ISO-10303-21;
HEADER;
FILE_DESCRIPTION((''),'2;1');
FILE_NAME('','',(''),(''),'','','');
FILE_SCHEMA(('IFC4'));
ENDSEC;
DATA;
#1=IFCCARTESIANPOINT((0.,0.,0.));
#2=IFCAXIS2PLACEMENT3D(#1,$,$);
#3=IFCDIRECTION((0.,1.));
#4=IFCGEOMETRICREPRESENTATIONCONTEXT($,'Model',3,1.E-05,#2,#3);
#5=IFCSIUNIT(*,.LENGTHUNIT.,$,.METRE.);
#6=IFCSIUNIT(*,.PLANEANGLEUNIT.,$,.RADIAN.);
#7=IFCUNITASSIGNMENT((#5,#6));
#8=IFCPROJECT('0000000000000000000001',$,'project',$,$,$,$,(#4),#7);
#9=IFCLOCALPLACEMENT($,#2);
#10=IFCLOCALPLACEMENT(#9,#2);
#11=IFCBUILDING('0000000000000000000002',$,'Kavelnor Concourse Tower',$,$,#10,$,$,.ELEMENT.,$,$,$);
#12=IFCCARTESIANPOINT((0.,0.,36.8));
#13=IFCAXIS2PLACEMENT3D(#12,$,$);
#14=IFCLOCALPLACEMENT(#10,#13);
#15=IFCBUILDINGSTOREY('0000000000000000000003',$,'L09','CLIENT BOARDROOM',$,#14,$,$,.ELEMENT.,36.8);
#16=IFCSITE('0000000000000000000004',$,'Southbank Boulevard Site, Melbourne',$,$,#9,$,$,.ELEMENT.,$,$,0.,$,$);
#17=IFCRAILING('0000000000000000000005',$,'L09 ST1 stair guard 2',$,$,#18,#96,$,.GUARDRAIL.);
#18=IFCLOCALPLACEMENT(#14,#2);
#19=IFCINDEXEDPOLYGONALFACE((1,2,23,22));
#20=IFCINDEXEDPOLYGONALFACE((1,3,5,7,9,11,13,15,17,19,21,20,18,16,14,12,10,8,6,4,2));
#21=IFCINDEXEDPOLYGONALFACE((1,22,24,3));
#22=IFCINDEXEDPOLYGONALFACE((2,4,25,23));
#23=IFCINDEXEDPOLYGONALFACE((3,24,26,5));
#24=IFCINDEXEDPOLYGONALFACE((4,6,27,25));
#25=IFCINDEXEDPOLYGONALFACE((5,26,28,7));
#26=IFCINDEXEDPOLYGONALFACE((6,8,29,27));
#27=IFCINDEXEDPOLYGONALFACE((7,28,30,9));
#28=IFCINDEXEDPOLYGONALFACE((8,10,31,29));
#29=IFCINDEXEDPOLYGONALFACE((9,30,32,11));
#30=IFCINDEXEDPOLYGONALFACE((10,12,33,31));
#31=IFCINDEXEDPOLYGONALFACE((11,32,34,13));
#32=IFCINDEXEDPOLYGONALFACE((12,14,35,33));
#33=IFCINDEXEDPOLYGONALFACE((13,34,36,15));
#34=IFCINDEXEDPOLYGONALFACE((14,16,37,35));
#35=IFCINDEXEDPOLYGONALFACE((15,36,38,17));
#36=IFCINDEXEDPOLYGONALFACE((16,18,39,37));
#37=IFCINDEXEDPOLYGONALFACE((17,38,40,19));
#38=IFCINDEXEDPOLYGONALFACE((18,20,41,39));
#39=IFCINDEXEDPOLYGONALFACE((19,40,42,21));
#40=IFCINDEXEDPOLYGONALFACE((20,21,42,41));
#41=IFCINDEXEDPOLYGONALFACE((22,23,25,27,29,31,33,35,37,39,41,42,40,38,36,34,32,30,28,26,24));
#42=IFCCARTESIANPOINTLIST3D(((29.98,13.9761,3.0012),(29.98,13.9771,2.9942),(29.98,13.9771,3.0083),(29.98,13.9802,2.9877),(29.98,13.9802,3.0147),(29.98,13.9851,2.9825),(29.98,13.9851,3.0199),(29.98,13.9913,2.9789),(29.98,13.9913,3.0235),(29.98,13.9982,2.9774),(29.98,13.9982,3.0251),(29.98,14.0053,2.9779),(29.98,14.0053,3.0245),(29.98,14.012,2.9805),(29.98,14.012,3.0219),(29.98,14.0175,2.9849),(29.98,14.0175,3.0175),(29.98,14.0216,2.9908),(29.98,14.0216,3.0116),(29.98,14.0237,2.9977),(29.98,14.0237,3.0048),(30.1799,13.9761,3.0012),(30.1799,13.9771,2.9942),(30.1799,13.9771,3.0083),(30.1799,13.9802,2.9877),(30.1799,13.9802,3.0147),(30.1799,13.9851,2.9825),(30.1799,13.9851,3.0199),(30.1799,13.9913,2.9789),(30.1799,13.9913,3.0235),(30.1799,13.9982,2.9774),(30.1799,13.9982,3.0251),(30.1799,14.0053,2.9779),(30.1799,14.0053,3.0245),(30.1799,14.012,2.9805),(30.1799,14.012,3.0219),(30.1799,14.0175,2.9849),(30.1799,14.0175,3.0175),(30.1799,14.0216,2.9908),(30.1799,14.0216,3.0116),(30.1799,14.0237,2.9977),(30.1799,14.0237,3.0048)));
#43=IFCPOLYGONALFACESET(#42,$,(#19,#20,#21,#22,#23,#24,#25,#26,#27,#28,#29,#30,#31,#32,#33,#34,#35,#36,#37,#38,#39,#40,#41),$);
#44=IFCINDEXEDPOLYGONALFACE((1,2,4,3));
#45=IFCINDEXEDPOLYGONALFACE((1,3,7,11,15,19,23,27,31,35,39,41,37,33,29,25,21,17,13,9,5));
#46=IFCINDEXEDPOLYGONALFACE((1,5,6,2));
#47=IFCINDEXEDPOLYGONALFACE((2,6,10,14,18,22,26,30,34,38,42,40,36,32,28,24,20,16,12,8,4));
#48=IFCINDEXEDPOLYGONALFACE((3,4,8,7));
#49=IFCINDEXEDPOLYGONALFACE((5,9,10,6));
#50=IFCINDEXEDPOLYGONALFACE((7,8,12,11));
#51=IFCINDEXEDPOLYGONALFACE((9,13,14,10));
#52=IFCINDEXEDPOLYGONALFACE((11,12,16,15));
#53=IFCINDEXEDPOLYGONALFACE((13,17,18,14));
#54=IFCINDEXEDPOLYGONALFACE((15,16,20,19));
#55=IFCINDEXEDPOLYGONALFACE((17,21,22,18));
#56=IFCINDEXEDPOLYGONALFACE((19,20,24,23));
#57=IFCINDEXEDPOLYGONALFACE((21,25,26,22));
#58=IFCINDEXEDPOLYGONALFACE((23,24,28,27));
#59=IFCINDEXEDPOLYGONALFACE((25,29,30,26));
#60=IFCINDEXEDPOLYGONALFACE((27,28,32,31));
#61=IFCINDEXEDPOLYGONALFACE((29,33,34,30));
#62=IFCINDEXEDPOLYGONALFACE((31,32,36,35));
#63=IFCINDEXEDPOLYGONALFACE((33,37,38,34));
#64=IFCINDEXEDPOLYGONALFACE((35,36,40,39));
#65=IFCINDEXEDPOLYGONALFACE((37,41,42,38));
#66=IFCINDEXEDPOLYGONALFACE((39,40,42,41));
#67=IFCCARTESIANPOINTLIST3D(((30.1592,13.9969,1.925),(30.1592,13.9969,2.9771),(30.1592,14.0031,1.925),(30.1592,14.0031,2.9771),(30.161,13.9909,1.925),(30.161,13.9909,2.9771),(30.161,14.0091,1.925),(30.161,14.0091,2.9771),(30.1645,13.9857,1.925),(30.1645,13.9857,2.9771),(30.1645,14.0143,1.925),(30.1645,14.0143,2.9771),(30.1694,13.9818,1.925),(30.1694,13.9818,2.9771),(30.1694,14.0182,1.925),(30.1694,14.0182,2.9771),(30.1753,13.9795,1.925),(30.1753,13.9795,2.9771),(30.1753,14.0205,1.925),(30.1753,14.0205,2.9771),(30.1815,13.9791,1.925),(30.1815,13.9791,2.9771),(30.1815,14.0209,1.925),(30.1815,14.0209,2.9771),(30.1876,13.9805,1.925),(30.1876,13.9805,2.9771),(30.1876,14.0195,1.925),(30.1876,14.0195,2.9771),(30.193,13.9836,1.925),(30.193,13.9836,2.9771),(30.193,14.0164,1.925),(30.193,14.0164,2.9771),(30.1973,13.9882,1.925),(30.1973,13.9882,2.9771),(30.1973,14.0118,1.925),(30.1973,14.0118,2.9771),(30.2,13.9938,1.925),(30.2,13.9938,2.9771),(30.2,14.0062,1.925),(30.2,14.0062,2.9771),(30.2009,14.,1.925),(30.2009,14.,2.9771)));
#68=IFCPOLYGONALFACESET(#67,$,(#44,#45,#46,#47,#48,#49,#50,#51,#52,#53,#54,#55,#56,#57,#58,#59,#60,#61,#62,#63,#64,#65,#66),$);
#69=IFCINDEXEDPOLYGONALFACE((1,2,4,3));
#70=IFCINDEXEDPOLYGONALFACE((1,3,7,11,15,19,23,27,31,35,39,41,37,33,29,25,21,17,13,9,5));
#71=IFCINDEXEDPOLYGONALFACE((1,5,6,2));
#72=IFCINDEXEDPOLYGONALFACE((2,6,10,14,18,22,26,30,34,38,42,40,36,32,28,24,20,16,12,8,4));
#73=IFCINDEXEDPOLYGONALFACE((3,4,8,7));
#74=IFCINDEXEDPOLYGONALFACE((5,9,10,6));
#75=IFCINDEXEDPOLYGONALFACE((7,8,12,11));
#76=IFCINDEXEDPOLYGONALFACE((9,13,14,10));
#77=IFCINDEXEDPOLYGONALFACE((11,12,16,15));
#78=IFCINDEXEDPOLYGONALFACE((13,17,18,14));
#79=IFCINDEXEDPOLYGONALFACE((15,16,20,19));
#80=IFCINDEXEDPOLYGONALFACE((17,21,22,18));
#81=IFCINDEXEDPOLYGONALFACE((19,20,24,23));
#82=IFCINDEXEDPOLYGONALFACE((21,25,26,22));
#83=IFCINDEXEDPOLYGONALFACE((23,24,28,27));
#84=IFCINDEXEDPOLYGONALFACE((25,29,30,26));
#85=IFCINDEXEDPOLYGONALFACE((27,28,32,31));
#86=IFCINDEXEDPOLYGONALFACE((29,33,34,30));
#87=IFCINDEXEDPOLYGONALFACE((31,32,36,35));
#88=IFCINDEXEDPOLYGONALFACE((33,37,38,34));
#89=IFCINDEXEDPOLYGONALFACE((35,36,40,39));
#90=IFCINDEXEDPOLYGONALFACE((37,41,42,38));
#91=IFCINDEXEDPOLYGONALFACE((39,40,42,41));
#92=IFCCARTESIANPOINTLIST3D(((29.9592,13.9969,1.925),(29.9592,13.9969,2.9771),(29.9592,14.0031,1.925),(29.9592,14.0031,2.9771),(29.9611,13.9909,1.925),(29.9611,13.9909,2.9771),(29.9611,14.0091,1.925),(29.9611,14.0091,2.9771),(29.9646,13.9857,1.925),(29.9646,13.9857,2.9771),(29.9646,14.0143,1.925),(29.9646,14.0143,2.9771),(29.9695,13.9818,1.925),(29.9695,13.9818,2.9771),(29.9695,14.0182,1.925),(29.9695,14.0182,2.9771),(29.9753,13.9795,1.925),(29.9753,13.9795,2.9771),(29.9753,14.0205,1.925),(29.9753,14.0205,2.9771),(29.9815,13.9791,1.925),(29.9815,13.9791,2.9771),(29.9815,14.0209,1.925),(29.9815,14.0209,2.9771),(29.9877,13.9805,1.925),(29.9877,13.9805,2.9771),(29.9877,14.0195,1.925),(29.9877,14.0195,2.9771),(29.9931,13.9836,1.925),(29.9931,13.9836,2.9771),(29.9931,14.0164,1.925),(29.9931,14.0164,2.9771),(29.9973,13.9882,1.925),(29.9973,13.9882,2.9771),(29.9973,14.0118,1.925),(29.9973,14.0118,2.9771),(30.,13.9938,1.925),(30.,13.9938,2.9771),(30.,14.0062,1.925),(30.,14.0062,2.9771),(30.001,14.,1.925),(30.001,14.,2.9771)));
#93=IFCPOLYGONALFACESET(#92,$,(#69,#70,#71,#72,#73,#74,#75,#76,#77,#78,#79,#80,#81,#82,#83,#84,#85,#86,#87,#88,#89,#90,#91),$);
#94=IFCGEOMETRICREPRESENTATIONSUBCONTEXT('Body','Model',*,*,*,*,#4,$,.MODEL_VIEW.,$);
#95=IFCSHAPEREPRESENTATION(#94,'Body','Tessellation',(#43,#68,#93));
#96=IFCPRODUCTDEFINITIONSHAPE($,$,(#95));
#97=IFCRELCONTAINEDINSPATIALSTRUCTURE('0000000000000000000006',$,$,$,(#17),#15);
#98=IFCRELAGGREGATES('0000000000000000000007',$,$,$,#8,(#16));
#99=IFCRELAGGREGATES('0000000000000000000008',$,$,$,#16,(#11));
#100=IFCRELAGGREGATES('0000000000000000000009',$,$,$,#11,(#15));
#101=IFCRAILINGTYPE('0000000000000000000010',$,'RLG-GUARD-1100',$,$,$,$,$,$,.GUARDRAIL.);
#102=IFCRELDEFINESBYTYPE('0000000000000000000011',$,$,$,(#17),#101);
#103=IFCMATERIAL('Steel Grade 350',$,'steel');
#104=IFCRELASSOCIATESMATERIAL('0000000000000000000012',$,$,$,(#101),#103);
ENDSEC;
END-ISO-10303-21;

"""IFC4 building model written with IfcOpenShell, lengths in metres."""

from ifc_helpers import new_model, si_unit, direction, frame, origin, origin_2d, place, context, subcontext, project, spatial, circle, extrude, material, type_object, element, save


model = new_model("IFC4")

# Units and contexts
model_context = context("Model", 3, precision=1e-05, world=origin(), true_north=direction((0.0, 1.0)))
body_context = subcontext(model_context, "Body", "Model", "MODEL_VIEW")
ifc_project = project(units=[si_unit("LENGTHUNIT", "METRE"), si_unit("PLANEANGLEUNIT", "RADIAN")], contexts=[model_context])

# Site, building, storey
site_placement = place(None, origin())
site = spatial("IfcSite", under=ifc_project, at=site_placement, Name="Southbank Boulevard Site, Melbourne", CompositionType="ELEMENT", RefElevation=0.0)
building_placement = place(site_placement, origin())
building = spatial("IfcBuilding", under=site, at=building_placement, Name="Kavelnor Concourse Tower", CompositionType="ELEMENT")
storey_placement = place(building_placement, frame((0.0, 0.0, 36.8)))
storey = spatial("IfcBuildingStorey", under=building, at=storey_placement, Name="L09", Description="CLIENT BOARDROOM", CompositionType="ELEMENT", Elevation=36.8)

# Shared definitions
ifc_material_1 = material(Name="Steel Grade 350", Category="steel")

# Railing
railing_type_1 = type_object("IfcRailingType", Name="RLG-GUARD-1100", PredefinedType="GUARDRAIL", material=ifc_material_1)
railing_1_placement = place(storey_placement, frame((30.1799, 14.0, 1.925)))
element("IfcRailing", 1, at=railing_1_placement, inside=storey, type_object=railing_type_1, Name="L09 ST1 stair guard 2", PredefinedType="GUARDRAIL", context=body_context, shape_type="SweptSolid", body=[
    extrude(circle(Radius=0.0239, at=origin_2d()), frame((0.0, 0.0, 1.0762), z_axis=(-1.0, 0.0, 0.0), x_axis=(0.0, -1.0, 0.0)), (0.0, 0.0, 1.0), 0.2),
    extrude(circle(Radius=0.021, at=origin_2d()), origin(), (0.0, 0.0, 1.0), 1.052),
    extrude(circle(Radius=0.021, at=origin_2d()), frame((-0.2, 0.0, 0.0)), (0.0, 0.0, 1.0), 1.052),
])

save(model, "model.ifc")
